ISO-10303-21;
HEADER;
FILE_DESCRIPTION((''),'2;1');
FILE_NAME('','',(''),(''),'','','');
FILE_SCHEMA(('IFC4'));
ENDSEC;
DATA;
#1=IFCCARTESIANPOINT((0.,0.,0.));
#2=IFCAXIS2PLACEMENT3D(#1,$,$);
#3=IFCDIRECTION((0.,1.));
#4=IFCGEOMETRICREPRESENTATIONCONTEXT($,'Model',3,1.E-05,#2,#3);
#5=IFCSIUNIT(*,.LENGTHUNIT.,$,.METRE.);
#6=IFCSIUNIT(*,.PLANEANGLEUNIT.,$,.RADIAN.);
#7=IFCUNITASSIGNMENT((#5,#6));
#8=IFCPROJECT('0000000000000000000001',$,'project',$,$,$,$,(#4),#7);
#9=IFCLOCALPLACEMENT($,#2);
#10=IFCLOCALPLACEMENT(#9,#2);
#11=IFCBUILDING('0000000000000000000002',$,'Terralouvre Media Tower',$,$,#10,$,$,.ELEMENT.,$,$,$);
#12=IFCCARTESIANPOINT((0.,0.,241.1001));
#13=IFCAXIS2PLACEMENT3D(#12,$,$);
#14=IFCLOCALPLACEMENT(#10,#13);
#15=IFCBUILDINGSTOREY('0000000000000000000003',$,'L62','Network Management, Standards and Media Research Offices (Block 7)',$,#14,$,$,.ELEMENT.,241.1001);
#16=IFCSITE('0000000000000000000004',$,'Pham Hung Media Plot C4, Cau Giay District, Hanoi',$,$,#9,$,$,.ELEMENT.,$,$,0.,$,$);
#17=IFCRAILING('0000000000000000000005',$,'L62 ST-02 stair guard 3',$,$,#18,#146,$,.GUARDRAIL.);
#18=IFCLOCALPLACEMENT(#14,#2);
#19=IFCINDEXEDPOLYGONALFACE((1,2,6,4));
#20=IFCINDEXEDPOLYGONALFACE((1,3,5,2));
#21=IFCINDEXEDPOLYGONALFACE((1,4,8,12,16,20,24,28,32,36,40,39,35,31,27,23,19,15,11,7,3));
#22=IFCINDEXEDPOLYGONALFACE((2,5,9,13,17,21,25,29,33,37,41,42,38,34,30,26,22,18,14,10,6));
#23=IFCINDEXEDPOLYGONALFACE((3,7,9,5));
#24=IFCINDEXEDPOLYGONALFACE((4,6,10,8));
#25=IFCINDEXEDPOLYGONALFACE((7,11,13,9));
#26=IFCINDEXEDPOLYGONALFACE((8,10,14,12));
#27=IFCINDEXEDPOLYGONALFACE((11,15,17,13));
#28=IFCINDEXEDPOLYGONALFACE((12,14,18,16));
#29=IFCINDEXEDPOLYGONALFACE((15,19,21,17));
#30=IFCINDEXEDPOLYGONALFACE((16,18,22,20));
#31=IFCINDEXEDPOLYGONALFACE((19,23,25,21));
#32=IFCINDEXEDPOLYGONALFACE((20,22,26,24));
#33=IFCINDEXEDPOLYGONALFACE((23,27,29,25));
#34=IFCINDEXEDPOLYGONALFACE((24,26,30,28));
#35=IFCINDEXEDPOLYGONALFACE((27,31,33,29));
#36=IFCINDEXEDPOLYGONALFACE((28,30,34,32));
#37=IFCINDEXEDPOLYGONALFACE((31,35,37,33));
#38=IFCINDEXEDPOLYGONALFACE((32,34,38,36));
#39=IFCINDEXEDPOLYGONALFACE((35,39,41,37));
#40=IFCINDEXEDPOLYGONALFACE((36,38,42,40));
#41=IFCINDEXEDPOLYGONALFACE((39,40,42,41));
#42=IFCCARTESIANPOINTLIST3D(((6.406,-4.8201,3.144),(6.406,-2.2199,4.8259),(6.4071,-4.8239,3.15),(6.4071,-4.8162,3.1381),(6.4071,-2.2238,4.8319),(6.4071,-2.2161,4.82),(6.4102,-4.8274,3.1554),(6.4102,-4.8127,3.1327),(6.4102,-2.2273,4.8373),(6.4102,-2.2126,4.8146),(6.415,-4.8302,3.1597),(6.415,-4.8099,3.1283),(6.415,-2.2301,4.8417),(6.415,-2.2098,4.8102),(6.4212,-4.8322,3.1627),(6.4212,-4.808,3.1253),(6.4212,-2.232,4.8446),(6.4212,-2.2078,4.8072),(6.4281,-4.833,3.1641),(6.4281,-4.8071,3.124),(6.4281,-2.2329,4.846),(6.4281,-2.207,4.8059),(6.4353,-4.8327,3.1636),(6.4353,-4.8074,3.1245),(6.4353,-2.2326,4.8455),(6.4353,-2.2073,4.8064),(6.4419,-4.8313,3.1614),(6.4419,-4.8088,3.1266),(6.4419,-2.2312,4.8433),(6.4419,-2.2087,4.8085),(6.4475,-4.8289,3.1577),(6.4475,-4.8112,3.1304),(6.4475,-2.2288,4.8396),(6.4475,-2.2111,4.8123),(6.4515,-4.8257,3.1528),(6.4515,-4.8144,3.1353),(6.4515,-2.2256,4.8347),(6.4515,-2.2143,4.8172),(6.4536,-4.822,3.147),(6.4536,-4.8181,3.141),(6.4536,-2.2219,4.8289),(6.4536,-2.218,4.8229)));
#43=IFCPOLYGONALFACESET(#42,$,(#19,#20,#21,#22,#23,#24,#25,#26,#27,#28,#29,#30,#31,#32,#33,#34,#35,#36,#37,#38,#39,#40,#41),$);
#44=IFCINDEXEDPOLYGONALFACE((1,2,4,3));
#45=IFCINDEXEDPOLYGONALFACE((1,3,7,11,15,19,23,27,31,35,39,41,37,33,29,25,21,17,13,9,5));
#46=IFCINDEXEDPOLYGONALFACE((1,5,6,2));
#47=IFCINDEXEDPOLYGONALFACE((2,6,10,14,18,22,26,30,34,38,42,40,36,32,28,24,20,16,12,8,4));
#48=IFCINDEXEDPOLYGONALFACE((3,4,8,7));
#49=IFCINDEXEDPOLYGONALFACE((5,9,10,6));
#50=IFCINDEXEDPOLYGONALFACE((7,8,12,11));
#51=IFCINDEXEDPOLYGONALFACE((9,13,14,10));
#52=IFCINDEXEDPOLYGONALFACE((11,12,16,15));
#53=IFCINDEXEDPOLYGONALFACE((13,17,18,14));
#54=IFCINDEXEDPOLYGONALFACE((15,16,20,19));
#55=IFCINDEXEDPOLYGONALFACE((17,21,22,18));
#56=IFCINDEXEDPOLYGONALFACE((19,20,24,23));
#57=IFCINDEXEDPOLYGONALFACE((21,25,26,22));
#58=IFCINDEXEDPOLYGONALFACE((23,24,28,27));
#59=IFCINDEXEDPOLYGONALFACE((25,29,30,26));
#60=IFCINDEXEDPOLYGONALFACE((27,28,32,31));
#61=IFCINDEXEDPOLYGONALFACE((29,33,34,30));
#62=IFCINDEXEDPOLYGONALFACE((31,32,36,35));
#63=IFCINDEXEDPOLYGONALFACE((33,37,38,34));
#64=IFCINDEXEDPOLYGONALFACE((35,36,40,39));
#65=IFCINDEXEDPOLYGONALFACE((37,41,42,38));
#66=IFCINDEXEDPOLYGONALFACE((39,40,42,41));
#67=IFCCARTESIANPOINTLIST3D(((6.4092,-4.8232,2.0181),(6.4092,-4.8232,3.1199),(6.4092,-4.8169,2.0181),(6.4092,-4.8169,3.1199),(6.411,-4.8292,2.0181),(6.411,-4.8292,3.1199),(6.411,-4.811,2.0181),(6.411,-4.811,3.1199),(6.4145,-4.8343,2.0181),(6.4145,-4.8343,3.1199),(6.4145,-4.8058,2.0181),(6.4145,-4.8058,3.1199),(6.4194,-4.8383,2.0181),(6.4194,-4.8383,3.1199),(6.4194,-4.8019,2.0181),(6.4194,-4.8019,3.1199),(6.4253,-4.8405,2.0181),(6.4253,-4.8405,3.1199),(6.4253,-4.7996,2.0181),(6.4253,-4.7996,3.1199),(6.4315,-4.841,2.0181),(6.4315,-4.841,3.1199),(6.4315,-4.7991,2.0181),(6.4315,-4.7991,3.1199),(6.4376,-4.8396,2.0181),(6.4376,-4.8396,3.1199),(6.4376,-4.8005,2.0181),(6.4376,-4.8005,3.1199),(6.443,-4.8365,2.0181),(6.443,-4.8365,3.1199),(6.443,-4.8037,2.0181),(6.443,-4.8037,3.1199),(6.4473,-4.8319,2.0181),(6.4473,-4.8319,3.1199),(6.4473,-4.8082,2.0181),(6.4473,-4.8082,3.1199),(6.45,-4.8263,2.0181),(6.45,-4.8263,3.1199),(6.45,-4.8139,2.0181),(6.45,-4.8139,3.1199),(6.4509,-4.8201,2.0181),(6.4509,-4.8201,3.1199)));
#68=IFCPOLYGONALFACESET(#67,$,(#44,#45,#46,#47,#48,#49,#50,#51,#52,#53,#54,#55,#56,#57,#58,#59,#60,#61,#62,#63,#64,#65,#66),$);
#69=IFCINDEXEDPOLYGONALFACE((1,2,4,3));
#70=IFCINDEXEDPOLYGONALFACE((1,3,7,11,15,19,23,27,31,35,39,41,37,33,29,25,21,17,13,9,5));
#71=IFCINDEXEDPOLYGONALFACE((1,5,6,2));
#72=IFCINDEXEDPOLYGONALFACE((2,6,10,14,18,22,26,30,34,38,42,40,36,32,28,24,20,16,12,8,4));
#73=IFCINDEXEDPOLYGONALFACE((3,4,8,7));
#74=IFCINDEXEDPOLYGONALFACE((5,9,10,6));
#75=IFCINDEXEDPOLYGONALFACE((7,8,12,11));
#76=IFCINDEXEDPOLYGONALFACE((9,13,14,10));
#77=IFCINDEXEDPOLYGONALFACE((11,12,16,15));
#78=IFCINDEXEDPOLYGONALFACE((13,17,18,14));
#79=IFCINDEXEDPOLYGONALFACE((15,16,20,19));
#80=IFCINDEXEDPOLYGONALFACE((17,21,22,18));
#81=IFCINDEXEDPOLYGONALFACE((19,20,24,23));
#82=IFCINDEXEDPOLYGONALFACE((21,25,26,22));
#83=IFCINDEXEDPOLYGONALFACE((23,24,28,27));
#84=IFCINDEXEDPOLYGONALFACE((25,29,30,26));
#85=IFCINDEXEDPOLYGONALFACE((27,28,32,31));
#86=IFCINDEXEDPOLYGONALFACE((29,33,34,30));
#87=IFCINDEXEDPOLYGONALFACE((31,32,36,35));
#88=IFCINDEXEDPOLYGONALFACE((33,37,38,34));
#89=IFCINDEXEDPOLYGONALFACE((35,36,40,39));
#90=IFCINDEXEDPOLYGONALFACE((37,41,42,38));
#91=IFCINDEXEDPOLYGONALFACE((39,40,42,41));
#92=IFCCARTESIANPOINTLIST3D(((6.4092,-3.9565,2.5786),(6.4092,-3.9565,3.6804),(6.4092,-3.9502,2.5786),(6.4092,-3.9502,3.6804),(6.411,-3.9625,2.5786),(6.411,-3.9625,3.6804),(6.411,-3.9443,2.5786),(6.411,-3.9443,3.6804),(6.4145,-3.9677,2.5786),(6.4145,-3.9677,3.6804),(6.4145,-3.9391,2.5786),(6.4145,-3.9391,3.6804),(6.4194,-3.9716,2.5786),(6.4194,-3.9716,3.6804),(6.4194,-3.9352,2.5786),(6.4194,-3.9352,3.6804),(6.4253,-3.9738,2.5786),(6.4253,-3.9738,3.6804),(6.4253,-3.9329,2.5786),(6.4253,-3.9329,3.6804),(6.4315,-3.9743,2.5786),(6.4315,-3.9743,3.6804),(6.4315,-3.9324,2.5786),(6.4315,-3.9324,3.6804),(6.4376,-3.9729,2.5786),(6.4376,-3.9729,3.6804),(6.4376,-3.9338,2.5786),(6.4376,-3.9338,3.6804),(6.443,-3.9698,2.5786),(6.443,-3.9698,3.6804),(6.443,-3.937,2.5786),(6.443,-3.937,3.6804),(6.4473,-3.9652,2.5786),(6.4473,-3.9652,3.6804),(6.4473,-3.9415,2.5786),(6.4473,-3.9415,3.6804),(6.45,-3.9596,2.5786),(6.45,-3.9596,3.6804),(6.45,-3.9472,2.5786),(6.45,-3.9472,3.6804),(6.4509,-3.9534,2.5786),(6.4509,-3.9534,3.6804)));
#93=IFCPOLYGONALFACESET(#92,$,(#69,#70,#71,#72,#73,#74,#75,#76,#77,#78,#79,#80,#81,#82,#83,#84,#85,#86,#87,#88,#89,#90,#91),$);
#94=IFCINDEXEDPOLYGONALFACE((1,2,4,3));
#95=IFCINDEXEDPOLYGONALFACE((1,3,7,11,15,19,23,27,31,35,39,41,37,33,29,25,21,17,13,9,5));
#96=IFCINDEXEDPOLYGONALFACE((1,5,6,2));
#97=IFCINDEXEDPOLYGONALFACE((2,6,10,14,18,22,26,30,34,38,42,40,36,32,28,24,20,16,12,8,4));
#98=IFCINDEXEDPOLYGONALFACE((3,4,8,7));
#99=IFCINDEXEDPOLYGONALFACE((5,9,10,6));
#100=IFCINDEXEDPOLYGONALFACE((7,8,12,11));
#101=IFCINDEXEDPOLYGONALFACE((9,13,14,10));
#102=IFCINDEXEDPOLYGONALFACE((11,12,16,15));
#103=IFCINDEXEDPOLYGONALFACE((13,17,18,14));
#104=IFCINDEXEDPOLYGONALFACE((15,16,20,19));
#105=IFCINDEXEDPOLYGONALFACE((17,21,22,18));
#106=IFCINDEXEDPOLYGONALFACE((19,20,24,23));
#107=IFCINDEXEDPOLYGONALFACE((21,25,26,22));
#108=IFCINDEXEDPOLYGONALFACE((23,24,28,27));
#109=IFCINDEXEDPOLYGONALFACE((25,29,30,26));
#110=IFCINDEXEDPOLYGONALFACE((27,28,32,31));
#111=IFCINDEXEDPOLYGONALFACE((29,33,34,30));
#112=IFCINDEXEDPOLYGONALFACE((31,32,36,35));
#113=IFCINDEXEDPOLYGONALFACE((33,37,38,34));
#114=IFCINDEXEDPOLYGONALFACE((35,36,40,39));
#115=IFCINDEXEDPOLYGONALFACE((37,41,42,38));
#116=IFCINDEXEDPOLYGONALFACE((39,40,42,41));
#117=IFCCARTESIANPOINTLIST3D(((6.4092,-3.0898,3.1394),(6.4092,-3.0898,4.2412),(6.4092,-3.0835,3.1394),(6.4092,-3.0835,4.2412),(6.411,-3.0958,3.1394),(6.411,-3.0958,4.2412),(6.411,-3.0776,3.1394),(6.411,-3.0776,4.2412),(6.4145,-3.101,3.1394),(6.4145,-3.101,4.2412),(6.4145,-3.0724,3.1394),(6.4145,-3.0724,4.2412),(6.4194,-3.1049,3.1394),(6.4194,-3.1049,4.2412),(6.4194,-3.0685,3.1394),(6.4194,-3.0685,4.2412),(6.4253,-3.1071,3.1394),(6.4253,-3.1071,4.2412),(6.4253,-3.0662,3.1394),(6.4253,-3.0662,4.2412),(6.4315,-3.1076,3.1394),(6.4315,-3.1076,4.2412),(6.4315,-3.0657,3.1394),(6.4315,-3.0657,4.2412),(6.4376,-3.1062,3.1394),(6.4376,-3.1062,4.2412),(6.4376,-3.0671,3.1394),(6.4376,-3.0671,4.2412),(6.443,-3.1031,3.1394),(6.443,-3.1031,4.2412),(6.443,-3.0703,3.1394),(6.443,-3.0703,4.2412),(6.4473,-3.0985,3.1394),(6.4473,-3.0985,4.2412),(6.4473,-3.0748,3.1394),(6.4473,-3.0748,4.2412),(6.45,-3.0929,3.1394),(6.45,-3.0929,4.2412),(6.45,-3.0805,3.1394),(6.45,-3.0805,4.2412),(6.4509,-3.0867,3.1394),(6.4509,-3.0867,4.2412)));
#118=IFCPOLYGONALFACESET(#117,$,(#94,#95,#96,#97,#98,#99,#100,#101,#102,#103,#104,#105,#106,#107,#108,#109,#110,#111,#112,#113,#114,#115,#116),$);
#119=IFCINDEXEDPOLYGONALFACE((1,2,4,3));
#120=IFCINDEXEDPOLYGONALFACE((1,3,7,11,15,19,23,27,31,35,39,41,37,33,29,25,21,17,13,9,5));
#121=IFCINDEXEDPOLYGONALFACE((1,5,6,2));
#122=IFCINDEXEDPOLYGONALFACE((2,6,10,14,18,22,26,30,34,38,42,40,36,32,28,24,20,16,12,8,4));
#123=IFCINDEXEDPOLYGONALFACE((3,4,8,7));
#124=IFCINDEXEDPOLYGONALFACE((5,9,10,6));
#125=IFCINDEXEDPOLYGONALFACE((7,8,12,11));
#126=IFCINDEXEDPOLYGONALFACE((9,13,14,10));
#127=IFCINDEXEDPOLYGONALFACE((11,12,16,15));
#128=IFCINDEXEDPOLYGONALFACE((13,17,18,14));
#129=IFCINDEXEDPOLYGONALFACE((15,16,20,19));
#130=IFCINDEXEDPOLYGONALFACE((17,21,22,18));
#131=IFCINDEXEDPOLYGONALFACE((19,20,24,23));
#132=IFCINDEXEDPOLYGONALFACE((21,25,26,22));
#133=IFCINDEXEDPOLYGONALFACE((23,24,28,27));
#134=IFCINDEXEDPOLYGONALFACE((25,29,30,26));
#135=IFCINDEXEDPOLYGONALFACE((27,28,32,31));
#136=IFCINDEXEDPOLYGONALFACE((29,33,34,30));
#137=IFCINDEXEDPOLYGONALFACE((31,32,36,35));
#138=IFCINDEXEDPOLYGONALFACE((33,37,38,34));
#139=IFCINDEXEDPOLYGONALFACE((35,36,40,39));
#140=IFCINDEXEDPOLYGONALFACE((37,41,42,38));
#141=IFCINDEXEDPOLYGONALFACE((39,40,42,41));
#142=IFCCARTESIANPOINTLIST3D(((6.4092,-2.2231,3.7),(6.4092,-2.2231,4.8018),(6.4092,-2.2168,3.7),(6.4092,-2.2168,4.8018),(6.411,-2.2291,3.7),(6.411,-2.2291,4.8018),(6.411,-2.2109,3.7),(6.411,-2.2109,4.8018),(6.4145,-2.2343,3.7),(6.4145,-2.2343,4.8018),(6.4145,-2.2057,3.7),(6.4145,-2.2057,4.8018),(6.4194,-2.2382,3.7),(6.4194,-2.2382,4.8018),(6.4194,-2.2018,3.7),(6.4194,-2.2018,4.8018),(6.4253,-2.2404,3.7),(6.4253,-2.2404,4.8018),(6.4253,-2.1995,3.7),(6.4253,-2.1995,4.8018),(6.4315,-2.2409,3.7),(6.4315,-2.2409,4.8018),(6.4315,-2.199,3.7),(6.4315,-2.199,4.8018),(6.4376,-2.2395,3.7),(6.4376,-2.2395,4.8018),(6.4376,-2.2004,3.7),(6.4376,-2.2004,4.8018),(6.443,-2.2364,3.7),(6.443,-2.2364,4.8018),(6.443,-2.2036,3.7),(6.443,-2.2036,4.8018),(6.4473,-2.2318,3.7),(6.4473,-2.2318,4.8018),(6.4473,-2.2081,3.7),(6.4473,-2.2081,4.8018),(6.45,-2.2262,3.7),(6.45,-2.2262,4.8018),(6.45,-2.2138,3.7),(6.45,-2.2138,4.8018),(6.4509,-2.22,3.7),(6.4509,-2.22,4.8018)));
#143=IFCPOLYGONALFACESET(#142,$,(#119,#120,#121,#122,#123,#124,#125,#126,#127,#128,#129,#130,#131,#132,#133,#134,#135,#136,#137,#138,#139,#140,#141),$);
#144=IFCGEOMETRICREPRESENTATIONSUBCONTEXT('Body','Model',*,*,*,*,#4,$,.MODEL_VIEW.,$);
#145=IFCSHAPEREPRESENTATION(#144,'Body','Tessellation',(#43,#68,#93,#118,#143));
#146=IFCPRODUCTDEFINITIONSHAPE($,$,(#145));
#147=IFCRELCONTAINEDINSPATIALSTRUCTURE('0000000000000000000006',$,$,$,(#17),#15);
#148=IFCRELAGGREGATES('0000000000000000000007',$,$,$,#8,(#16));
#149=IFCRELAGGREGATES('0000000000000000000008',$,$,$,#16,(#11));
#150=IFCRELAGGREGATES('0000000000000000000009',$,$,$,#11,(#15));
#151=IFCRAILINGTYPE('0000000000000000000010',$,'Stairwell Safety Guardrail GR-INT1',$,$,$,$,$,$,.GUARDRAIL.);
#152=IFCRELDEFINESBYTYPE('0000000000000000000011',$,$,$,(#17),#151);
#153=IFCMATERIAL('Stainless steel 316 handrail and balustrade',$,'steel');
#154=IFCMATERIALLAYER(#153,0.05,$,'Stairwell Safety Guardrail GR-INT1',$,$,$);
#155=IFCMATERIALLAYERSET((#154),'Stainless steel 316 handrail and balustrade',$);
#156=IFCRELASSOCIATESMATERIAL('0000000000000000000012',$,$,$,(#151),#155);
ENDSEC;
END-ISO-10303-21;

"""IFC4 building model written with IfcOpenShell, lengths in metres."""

from ifc_helpers import new_model, si_unit, direction, frame, origin, origin_2d, place, context, subcontext, project, spatial, circle, extrude, material, layer, layer_set, type_object, element, save


model = new_model("IFC4")

# Units and contexts
model_context = context("Model", 3, precision=1e-05, world=origin(), true_north=direction((0.0, 1.0)))
body_context = subcontext(model_context, "Body", "Model", "MODEL_VIEW")
ifc_project = project(units=[si_unit("LENGTHUNIT", "METRE"), si_unit("PLANEANGLEUNIT", "RADIAN")], contexts=[model_context])

# Site, building, storey
site_placement = place(None, origin())
site = spatial("IfcSite", under=ifc_project, at=site_placement, Name="Pham Hung Media Plot C4, Cau Giay District, Hanoi", CompositionType="ELEMENT", RefElevation=0.0)
building_placement = place(site_placement, origin())
building = spatial("IfcBuilding", under=site, at=building_placement, Name="Terralouvre Media Tower", CompositionType="ELEMENT")
storey_placement = place(building_placement, frame((0.0, 0.0, 241.1001)))
storey = spatial("IfcBuildingStorey", under=building, at=storey_placement, Name="L62", Description="Network Management, Standards and Media Research Offices (Block 7)", CompositionType="ELEMENT", Elevation=241.1001)

# Railing
ifc_material_1 = material(Name="Stainless steel 316 handrail and balustrade", Category="steel")
ifc_layer_1 = layer(ifc_material_1, 0.05, Name="Stairwell Safety Guardrail GR-INT1")
ifc_layer_set_1 = layer_set([ifc_layer_1], Name="Stainless steel 316 handrail and balustrade")
railing_type_1 = type_object("IfcRailingType", Name="Stairwell Safety Guardrail GR-INT1", PredefinedType="GUARDRAIL", material=ifc_layer_set_1)
railing_1_placement = place(storey_placement, frame((6.4299, -4.8201, 2.0181)))
element("IfcRailing", 1, at=railing_1_placement, inside=storey, type_object=railing_type_1, Name="L62 ST-02 stair guard 3", PredefinedType="GUARDRAIL", context=body_context, shape_type="SweptSolid", body=[
    extrude(circle(Radius=0.0239, at=origin_2d()), frame((0.0, 0.0, 1.126), z_axis=(0.0, 0.839648, 0.54313), x_axis=(-1.0, 0.0, 0.0)), (0.0, 0.0, 1.0), 3.0967),
    extrude(circle(Radius=0.021, at=origin_2d()), origin(), (0.0, 0.0, 1.0), 1.1018),
    extrude(circle(Radius=0.021, at=origin_2d()), frame((0.0, 0.8667, 0.5605)), (0.0, 0.0, 1.0), 1.1018),
    extrude(circle(Radius=0.021, at=origin_2d()), frame((0.0, 1.7334, 1.1213)), (0.0, 0.0, 1.0), 1.1018),
    extrude(circle(Radius=0.021, at=origin_2d()), frame((0.0, 2.6001, 1.6819)), (0.0, 0.0, 1.0), 1.1018),
])

save(model, "model.ifc")
